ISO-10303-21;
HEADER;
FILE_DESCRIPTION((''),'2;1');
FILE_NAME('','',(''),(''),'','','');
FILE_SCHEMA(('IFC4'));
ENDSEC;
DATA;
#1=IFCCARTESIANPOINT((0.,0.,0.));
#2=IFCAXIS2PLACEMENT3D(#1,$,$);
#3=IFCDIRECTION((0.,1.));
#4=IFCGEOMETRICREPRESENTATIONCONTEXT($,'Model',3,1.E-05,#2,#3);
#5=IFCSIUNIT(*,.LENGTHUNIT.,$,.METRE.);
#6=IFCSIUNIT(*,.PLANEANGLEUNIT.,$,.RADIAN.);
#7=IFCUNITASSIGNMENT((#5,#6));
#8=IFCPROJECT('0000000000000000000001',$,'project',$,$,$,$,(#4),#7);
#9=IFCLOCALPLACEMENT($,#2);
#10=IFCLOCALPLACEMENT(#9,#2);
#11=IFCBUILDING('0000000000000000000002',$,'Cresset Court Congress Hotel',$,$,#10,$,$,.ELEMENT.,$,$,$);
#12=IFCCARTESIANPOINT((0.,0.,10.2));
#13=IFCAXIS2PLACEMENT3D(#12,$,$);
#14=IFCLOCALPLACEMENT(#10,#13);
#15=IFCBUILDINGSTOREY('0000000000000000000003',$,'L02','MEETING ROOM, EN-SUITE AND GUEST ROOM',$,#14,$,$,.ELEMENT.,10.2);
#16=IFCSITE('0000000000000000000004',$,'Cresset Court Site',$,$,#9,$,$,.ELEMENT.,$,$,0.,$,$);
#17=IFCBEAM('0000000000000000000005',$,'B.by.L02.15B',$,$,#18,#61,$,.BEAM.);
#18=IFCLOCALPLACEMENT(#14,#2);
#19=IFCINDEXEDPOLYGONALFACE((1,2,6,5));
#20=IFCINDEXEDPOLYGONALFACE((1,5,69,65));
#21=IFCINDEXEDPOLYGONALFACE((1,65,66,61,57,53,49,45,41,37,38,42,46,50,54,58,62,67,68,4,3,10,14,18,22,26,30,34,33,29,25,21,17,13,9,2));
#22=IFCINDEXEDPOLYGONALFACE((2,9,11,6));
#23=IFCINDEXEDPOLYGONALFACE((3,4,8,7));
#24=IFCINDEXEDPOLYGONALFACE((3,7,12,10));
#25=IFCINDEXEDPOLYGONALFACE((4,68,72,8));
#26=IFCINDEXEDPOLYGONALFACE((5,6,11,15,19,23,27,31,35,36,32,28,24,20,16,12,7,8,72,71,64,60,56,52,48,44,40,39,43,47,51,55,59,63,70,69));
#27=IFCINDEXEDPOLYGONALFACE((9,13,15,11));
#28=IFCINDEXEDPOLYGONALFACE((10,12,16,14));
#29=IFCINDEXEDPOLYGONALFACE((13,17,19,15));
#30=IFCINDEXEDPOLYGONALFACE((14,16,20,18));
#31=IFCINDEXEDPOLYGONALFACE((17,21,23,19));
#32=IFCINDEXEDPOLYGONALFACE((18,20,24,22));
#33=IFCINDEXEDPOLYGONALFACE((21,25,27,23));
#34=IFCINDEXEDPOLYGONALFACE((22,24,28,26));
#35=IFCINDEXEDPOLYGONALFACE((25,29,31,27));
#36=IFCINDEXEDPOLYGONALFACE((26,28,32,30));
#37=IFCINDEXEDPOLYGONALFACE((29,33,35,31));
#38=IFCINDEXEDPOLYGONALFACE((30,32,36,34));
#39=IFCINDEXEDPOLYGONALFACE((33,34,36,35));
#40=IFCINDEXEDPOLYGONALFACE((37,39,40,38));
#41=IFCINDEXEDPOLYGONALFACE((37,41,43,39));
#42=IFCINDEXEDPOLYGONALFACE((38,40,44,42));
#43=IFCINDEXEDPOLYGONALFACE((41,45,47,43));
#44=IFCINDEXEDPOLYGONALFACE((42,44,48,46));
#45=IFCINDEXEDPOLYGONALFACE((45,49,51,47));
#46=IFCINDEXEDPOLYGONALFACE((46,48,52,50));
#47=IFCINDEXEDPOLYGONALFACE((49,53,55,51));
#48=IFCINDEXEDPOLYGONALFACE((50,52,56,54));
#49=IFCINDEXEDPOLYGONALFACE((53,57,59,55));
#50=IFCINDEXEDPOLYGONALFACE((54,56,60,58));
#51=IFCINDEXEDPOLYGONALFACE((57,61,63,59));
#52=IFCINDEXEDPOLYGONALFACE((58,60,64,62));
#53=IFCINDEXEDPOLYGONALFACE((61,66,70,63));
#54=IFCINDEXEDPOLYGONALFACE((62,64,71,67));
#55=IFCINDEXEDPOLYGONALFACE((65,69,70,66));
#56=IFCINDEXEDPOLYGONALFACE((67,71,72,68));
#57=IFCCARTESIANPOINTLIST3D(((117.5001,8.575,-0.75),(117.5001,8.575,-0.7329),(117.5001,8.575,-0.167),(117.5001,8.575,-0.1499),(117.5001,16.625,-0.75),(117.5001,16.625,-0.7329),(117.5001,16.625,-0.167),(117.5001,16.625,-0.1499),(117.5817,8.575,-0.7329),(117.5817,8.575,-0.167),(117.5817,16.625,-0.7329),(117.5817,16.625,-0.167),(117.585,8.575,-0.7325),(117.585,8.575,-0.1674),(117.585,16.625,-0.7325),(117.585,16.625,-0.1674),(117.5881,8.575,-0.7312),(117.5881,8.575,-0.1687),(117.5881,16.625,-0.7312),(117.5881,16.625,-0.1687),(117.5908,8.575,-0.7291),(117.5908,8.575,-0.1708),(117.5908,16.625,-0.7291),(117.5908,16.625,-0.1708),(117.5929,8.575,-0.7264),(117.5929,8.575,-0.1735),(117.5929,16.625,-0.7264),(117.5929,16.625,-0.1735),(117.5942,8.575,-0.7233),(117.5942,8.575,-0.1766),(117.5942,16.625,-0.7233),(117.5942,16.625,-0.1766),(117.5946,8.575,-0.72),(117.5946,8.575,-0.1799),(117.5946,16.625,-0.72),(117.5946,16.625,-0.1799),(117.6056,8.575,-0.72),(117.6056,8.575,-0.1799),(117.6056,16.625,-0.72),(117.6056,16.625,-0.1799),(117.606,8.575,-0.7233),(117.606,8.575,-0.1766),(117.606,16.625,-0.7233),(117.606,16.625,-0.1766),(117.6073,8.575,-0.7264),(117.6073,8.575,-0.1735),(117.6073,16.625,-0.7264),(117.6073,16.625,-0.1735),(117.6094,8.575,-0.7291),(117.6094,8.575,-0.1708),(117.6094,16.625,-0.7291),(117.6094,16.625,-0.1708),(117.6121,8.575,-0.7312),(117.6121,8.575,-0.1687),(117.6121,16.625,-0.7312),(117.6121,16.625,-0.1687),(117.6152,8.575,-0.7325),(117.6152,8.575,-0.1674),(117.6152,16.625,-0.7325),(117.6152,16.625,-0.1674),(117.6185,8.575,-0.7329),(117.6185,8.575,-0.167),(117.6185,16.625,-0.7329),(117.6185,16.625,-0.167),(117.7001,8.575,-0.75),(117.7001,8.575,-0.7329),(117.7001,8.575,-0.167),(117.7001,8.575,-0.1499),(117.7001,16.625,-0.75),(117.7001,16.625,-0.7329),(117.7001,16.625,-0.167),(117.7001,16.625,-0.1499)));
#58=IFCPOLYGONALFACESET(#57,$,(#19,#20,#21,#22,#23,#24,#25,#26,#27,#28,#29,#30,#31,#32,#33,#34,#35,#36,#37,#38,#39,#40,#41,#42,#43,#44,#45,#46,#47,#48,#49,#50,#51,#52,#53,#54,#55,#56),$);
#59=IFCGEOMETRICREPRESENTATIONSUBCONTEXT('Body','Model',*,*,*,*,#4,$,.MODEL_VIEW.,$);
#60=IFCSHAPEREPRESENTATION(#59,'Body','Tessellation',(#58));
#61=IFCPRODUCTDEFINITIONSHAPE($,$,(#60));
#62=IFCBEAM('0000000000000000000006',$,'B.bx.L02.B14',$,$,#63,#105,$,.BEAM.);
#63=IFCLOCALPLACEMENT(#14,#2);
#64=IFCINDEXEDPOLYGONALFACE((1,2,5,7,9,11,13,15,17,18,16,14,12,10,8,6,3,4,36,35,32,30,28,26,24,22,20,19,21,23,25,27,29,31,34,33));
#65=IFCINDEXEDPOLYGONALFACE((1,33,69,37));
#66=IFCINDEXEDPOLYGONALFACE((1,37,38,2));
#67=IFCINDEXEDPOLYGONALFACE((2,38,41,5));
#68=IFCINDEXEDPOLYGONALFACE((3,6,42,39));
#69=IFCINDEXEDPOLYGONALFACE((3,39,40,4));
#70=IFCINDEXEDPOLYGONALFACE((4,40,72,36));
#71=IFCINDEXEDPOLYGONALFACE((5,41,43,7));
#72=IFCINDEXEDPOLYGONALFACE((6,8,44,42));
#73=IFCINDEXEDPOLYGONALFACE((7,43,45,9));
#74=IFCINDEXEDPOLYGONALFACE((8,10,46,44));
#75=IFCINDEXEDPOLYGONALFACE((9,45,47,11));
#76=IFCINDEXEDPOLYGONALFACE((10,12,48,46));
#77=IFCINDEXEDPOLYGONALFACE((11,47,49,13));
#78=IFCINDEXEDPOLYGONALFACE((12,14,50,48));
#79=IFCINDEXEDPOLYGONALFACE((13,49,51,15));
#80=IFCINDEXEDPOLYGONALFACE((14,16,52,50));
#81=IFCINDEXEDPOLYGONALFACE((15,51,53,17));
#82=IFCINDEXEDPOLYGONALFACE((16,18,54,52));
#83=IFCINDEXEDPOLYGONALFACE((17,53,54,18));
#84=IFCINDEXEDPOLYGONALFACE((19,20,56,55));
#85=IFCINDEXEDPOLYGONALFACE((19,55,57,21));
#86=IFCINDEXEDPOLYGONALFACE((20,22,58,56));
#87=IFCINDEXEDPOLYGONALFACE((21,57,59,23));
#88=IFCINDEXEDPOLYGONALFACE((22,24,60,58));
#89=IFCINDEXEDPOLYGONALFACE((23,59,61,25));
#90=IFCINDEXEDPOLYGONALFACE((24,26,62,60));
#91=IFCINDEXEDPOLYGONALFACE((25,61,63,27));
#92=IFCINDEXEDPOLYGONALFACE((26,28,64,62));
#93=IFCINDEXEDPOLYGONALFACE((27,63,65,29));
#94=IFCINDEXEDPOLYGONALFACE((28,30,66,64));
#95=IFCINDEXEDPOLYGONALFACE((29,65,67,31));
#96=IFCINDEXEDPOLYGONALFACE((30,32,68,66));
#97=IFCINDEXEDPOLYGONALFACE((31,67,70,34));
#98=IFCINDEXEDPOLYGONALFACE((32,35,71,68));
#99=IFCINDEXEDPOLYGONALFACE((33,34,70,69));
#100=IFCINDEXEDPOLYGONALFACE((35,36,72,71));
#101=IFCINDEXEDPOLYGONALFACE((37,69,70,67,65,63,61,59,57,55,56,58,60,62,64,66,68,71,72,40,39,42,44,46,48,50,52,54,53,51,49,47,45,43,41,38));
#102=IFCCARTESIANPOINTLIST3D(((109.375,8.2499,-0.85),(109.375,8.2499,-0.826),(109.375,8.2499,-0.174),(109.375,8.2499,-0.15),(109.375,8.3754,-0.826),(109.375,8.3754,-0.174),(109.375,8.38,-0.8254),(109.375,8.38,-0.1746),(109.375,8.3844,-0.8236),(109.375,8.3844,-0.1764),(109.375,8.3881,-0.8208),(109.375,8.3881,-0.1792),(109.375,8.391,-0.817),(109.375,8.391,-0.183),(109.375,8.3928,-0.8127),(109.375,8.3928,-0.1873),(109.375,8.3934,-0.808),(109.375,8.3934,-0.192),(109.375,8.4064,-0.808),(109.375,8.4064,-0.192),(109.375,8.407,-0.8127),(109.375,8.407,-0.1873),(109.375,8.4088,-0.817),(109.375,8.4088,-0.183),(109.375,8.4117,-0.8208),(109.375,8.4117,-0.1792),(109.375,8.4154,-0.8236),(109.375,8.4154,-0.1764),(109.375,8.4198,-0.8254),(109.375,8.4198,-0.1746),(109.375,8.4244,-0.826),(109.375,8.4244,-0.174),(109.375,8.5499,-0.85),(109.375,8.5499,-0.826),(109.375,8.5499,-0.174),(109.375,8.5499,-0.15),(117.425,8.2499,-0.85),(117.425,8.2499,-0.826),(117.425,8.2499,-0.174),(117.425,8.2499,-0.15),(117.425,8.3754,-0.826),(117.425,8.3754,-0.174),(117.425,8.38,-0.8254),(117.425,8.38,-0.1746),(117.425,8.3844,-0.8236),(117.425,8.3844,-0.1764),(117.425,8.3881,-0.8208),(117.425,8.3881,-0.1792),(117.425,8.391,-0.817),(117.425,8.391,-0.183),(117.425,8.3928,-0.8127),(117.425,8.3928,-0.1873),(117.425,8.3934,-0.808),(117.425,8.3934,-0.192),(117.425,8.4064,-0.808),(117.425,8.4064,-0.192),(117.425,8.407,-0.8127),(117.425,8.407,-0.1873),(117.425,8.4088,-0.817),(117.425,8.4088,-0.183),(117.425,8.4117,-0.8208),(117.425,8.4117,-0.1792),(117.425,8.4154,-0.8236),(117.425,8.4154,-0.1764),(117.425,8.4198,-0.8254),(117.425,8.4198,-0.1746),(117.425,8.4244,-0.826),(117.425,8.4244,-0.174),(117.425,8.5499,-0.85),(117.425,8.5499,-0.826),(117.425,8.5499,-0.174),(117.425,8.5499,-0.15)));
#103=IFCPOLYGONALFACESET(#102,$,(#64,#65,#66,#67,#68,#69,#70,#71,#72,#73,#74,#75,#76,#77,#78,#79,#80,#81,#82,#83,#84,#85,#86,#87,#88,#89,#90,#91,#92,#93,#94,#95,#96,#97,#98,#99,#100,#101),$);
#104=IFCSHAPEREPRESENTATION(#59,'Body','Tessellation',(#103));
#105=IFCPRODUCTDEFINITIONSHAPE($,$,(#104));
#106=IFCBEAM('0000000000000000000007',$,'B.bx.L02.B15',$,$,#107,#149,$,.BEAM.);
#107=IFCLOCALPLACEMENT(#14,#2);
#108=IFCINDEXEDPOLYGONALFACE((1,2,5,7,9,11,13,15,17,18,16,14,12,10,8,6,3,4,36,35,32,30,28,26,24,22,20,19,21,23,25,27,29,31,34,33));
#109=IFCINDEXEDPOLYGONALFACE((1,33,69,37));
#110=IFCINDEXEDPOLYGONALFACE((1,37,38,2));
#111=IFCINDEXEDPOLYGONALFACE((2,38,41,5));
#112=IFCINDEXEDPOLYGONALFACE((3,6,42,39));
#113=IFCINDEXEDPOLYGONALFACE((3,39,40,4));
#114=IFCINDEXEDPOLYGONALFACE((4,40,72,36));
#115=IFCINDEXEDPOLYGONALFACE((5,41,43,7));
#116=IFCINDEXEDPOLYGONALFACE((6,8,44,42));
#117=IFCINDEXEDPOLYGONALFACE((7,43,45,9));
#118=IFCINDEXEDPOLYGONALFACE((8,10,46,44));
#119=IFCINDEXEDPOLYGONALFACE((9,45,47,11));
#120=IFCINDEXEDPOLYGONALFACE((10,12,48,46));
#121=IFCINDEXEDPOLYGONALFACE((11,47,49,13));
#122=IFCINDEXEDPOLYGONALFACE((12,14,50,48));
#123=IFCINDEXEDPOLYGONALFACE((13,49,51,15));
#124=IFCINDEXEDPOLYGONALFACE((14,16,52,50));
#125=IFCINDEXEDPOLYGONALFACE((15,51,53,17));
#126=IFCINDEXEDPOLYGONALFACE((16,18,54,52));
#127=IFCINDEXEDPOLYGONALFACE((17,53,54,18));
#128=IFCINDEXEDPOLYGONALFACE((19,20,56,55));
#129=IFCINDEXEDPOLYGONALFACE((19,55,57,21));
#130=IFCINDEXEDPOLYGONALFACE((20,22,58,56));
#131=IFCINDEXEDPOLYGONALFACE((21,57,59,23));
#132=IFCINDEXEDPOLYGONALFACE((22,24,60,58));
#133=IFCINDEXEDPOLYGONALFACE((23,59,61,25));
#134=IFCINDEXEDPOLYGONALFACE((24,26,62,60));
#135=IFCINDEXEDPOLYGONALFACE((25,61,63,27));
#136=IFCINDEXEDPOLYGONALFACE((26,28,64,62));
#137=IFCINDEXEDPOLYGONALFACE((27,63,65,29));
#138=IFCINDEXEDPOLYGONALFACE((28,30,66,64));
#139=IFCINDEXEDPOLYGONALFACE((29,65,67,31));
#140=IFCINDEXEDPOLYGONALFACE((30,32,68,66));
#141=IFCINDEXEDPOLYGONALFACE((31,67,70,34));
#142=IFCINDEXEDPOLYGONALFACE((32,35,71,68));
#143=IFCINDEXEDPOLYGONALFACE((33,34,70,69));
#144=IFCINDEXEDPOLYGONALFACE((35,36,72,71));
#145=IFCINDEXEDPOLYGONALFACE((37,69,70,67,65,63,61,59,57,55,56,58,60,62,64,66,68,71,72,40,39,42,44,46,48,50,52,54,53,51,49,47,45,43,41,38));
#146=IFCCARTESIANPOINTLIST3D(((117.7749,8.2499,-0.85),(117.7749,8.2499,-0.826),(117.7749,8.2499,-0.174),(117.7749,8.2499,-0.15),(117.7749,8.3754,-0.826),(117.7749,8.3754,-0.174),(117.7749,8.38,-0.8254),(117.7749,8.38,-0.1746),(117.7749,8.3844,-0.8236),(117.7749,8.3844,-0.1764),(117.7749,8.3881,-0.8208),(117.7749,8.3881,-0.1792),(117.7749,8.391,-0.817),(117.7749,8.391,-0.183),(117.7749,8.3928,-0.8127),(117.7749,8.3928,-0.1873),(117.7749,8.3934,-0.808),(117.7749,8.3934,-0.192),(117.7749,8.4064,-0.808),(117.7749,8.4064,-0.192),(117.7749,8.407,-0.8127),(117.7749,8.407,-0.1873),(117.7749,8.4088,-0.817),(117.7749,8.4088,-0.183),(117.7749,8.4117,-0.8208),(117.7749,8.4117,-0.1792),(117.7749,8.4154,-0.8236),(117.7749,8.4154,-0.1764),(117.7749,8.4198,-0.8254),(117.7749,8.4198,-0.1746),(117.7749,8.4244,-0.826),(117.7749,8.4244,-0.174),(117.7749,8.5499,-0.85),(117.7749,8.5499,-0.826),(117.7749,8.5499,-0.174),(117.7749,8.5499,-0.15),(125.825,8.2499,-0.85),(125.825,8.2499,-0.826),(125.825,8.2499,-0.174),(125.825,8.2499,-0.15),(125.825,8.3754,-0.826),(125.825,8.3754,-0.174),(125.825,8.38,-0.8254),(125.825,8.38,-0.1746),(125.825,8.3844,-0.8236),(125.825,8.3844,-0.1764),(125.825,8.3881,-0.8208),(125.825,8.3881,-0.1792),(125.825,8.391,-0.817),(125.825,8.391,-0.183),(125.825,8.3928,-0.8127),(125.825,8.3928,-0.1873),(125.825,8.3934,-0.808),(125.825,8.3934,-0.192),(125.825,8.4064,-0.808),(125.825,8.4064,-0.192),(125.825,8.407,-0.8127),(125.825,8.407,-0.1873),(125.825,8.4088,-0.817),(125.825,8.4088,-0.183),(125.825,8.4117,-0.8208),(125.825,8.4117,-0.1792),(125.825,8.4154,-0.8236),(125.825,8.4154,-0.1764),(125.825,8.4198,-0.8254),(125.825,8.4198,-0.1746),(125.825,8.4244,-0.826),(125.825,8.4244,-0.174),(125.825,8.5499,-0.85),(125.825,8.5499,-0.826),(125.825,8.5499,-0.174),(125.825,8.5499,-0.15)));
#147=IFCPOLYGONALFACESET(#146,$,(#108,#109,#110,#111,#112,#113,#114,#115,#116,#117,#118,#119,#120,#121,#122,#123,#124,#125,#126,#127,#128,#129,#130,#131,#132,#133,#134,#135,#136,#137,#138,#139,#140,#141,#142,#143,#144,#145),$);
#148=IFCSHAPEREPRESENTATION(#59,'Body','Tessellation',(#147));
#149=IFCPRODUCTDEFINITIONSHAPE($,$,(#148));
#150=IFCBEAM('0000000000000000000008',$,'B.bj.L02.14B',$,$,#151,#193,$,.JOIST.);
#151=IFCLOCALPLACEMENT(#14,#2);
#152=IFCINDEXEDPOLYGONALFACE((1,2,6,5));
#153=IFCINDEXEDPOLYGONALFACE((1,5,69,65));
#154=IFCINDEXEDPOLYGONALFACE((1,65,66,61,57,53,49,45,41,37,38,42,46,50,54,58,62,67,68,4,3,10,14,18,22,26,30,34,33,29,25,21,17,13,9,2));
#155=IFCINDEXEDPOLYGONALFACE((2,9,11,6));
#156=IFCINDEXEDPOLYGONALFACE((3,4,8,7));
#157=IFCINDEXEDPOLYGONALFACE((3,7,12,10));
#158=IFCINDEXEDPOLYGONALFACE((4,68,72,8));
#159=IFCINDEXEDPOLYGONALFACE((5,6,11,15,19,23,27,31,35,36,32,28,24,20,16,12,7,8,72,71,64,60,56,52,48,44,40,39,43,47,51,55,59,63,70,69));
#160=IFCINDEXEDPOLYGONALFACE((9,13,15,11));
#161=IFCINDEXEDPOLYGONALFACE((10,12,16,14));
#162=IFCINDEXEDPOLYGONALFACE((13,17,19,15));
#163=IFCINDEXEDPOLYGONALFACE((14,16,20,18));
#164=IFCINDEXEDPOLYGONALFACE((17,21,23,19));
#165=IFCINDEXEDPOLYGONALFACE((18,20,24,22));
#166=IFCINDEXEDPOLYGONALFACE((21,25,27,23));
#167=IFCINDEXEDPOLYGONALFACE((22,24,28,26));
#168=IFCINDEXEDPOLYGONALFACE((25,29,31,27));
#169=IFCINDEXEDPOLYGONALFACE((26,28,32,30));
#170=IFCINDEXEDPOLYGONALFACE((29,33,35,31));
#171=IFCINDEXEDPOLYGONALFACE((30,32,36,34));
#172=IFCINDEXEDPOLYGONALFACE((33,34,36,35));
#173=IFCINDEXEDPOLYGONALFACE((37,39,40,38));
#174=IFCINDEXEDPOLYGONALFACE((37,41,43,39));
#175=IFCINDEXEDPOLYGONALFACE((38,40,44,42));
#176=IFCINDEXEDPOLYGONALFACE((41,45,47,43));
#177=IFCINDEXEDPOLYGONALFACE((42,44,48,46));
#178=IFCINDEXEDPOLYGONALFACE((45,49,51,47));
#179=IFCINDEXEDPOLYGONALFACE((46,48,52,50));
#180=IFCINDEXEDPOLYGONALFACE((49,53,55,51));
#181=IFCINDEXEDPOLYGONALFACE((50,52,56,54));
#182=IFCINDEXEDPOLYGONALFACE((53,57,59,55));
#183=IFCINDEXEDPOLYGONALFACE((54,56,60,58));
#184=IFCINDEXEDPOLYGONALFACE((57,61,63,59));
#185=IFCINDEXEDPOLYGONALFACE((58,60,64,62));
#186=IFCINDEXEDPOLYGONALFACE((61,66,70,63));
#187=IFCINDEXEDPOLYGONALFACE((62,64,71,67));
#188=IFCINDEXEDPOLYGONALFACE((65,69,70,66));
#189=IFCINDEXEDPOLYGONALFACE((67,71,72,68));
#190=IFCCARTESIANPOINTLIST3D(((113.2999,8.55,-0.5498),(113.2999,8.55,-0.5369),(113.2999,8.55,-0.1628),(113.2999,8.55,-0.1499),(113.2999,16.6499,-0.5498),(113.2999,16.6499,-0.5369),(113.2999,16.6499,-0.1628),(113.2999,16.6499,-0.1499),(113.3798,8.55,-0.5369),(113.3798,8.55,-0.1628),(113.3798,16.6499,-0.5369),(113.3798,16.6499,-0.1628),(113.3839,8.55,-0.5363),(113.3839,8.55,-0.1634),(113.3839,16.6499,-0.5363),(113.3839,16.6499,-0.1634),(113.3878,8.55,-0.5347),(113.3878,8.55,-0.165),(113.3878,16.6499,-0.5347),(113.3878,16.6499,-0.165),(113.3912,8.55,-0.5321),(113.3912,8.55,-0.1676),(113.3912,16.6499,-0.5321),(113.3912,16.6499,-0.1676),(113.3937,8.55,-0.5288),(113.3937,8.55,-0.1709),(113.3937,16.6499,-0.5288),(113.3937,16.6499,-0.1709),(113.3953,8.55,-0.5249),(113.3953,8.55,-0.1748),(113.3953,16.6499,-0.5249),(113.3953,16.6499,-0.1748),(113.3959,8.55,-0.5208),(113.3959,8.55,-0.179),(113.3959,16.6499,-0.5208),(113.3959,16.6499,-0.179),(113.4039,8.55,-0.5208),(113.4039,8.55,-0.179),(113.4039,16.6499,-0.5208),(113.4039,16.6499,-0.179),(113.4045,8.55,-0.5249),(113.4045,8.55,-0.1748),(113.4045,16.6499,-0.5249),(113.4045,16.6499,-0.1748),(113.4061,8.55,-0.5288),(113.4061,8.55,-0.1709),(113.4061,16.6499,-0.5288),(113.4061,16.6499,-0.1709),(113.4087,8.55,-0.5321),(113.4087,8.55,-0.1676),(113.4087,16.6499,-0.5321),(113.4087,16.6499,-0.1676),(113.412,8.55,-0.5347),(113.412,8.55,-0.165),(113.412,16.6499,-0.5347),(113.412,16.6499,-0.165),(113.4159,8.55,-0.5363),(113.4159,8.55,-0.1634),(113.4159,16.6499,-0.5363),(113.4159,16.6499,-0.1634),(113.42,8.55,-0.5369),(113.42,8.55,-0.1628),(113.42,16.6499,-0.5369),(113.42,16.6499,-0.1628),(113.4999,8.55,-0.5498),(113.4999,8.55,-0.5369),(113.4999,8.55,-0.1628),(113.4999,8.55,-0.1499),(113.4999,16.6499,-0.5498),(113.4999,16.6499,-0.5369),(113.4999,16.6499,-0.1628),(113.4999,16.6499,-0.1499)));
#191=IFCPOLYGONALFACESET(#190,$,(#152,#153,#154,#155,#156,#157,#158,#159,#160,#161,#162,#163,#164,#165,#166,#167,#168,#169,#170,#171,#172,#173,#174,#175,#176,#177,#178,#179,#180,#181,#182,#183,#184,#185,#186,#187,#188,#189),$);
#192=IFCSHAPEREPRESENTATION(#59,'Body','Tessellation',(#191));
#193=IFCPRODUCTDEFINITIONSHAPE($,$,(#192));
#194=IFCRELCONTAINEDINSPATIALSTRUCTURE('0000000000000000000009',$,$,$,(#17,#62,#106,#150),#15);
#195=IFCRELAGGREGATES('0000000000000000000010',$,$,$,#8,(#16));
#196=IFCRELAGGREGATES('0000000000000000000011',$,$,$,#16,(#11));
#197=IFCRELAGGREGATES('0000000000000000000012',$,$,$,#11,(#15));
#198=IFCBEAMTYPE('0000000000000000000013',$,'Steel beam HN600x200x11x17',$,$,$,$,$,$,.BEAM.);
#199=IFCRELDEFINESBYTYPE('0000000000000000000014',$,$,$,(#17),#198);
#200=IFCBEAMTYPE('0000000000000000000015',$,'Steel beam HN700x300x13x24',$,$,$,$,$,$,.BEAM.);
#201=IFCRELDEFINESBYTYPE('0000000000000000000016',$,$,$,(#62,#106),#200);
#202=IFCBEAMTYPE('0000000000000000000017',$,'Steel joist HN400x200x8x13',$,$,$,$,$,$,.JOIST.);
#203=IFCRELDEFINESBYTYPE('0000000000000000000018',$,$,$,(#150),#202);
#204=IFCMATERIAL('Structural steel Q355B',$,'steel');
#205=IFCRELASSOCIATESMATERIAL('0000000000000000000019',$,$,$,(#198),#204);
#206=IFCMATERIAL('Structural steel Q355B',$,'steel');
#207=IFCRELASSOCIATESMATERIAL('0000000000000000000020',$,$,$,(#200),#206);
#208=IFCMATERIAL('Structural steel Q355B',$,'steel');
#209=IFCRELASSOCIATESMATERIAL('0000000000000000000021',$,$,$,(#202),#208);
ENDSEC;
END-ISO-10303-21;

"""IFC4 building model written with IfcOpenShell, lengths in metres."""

from ifc_helpers import new_model, si_unit, direction, frame, origin, origin_2d, place, context, subcontext, project, spatial, i_section, extrude, material, material_profile, profile_set, type_object, element, save


model = new_model("IFC4")

# Units and contexts
model_context = context("Model", 3, precision=1e-05, world=origin(), true_north=direction((0.0, 1.0)))
body_context = subcontext(model_context, "Body", "Model", "MODEL_VIEW")
ifc_project = project(units=[si_unit("LENGTHUNIT", "METRE"), si_unit("PLANEANGLEUNIT", "RADIAN")], contexts=[model_context])

# Site, building, storey
site_placement = place(None, origin())
site = spatial("IfcSite", under=ifc_project, at=site_placement, Name="Cresset Court Site", CompositionType="ELEMENT", RefElevation=0.0)
building_placement = place(site_placement, origin())
building = spatial("IfcBuilding", under=site, at=building_placement, Name="Cresset Court Congress Hotel", CompositionType="ELEMENT")
storey_placement = place(building_placement, frame((0.0, 0.0, 10.2)))
storey = spatial("IfcBuildingStorey", under=building, at=storey_placement, Name="L02", Description="MEETING ROOM, EN-SUITE AND GUEST ROOM", CompositionType="ELEMENT", Elevation=10.2)

# Beams
ifc_material_1 = material(Name="Structural steel Q355B", Category="steel")
ifc_material_profile_1 = material_profile(ifc_material_1, i_section(OverallWidth=0.2, OverallDepth=0.6001, WebThickness=0.011, FlangeThickness=0.0171, FilletRadius=0.0129, at=origin_2d()), Name="HN600x200x11x17")
ifc_profile_set_1 = profile_set([ifc_material_profile_1], Name="Structural steel Q355B")
beam_type_1 = type_object("IfcBeamType", Name="Steel beam HN600x200x11x17", PredefinedType="BEAM", material=ifc_profile_set_1)
for number, where, z_axis, x_axis, name in (
    (1, (117.6001, 8.575, -0.45), (0.0, 1.0, 0.0), (-1.0, 0.0, 0.0), "B.by.L02.15B"),
):
    element("IfcBeam", number, at=place(storey_placement, frame(where, z_axis=z_axis, x_axis=x_axis)), inside=storey, type_object=beam_type_1, Name=name, PredefinedType="BEAM", context=body_context, shape_type="SweptSolid", body=[
        extrude(i_section(OverallWidth=0.2, OverallDepth=0.6001, WebThickness=0.011, FlangeThickness=0.0171, FilletRadius=0.0129, at=origin_2d()), origin(), (0.0, 0.0, 1.0), 8.05),
    ])
ifc_material_2 = material(Name="Structural steel Q355B", Category="steel")
ifc_material_profile_2 = material_profile(ifc_material_2, i_section(OverallWidth=0.3, OverallDepth=0.7, WebThickness=0.0129, FlangeThickness=0.0239, FilletRadius=0.0181, at=origin_2d()), Name="HN700x300x13x24")
ifc_profile_set_2 = profile_set([ifc_material_profile_2], Name="Structural steel Q355B")
beam_type_2 = type_object("IfcBeamType", Name="Steel beam HN700x300x13x24", PredefinedType="BEAM", material=ifc_profile_set_2)
for number, where, z_axis, x_axis, name in (
    (2, (109.375, 8.3999, -0.5), (1.0, 0.0, 0.0), (0.0, 1.0, 0.0), "B.bx.L02.B14"),
    (3, (117.7749, 8.3999, -0.5), (1.0, 0.0, 0.0), (0.0, 1.0, 0.0), "B.bx.L02.B15"),
):
    element("IfcBeam", number, at=place(storey_placement, frame(where, z_axis=z_axis, x_axis=x_axis)), inside=storey, type_object=beam_type_2, Name=name, PredefinedType="BEAM", context=body_context, shape_type="SweptSolid", body=[
        extrude(i_section(OverallWidth=0.3, OverallDepth=0.7, WebThickness=0.0129, FlangeThickness=0.0239, FilletRadius=0.0181, at=origin_2d()), origin(), (0.0, 0.0, 1.0), 8.05),
    ])
ifc_material_3 = material(Name="Structural steel Q355B", Category="steel")
ifc_material_profile_3 = material_profile(ifc_material_3, i_section(OverallWidth=0.2, OverallDepth=0.3999, WebThickness=0.0081, FlangeThickness=0.0129, FilletRadius=0.0161, at=origin_2d()), Name="HN400x200x8x13")
ifc_profile_set_3 = profile_set([ifc_material_profile_3], Name="Structural steel Q355B")
beam_type_3 = type_object("IfcBeamType", Name="Steel joist HN400x200x8x13", PredefinedType="JOIST", material=ifc_profile_set_3)
beam_placement = place(storey_placement, frame((113.3999, 8.55, -0.3499), z_axis=(0.0, 1.0, 0.0), x_axis=(-1.0, 0.0, 0.0)))
element("IfcBeam", 4, at=beam_placement, inside=storey, type_object=beam_type_3, Name="B.bj.L02.14B", PredefinedType="JOIST", context=body_context, shape_type="SweptSolid", body=[
    extrude(i_section(OverallWidth=0.2, OverallDepth=0.3999, WebThickness=0.0081, FlangeThickness=0.0129, FilletRadius=0.0161, at=origin_2d()), origin(), (0.0, 0.0, 1.0), 8.0999),
])

save(model, "model.ifc")
